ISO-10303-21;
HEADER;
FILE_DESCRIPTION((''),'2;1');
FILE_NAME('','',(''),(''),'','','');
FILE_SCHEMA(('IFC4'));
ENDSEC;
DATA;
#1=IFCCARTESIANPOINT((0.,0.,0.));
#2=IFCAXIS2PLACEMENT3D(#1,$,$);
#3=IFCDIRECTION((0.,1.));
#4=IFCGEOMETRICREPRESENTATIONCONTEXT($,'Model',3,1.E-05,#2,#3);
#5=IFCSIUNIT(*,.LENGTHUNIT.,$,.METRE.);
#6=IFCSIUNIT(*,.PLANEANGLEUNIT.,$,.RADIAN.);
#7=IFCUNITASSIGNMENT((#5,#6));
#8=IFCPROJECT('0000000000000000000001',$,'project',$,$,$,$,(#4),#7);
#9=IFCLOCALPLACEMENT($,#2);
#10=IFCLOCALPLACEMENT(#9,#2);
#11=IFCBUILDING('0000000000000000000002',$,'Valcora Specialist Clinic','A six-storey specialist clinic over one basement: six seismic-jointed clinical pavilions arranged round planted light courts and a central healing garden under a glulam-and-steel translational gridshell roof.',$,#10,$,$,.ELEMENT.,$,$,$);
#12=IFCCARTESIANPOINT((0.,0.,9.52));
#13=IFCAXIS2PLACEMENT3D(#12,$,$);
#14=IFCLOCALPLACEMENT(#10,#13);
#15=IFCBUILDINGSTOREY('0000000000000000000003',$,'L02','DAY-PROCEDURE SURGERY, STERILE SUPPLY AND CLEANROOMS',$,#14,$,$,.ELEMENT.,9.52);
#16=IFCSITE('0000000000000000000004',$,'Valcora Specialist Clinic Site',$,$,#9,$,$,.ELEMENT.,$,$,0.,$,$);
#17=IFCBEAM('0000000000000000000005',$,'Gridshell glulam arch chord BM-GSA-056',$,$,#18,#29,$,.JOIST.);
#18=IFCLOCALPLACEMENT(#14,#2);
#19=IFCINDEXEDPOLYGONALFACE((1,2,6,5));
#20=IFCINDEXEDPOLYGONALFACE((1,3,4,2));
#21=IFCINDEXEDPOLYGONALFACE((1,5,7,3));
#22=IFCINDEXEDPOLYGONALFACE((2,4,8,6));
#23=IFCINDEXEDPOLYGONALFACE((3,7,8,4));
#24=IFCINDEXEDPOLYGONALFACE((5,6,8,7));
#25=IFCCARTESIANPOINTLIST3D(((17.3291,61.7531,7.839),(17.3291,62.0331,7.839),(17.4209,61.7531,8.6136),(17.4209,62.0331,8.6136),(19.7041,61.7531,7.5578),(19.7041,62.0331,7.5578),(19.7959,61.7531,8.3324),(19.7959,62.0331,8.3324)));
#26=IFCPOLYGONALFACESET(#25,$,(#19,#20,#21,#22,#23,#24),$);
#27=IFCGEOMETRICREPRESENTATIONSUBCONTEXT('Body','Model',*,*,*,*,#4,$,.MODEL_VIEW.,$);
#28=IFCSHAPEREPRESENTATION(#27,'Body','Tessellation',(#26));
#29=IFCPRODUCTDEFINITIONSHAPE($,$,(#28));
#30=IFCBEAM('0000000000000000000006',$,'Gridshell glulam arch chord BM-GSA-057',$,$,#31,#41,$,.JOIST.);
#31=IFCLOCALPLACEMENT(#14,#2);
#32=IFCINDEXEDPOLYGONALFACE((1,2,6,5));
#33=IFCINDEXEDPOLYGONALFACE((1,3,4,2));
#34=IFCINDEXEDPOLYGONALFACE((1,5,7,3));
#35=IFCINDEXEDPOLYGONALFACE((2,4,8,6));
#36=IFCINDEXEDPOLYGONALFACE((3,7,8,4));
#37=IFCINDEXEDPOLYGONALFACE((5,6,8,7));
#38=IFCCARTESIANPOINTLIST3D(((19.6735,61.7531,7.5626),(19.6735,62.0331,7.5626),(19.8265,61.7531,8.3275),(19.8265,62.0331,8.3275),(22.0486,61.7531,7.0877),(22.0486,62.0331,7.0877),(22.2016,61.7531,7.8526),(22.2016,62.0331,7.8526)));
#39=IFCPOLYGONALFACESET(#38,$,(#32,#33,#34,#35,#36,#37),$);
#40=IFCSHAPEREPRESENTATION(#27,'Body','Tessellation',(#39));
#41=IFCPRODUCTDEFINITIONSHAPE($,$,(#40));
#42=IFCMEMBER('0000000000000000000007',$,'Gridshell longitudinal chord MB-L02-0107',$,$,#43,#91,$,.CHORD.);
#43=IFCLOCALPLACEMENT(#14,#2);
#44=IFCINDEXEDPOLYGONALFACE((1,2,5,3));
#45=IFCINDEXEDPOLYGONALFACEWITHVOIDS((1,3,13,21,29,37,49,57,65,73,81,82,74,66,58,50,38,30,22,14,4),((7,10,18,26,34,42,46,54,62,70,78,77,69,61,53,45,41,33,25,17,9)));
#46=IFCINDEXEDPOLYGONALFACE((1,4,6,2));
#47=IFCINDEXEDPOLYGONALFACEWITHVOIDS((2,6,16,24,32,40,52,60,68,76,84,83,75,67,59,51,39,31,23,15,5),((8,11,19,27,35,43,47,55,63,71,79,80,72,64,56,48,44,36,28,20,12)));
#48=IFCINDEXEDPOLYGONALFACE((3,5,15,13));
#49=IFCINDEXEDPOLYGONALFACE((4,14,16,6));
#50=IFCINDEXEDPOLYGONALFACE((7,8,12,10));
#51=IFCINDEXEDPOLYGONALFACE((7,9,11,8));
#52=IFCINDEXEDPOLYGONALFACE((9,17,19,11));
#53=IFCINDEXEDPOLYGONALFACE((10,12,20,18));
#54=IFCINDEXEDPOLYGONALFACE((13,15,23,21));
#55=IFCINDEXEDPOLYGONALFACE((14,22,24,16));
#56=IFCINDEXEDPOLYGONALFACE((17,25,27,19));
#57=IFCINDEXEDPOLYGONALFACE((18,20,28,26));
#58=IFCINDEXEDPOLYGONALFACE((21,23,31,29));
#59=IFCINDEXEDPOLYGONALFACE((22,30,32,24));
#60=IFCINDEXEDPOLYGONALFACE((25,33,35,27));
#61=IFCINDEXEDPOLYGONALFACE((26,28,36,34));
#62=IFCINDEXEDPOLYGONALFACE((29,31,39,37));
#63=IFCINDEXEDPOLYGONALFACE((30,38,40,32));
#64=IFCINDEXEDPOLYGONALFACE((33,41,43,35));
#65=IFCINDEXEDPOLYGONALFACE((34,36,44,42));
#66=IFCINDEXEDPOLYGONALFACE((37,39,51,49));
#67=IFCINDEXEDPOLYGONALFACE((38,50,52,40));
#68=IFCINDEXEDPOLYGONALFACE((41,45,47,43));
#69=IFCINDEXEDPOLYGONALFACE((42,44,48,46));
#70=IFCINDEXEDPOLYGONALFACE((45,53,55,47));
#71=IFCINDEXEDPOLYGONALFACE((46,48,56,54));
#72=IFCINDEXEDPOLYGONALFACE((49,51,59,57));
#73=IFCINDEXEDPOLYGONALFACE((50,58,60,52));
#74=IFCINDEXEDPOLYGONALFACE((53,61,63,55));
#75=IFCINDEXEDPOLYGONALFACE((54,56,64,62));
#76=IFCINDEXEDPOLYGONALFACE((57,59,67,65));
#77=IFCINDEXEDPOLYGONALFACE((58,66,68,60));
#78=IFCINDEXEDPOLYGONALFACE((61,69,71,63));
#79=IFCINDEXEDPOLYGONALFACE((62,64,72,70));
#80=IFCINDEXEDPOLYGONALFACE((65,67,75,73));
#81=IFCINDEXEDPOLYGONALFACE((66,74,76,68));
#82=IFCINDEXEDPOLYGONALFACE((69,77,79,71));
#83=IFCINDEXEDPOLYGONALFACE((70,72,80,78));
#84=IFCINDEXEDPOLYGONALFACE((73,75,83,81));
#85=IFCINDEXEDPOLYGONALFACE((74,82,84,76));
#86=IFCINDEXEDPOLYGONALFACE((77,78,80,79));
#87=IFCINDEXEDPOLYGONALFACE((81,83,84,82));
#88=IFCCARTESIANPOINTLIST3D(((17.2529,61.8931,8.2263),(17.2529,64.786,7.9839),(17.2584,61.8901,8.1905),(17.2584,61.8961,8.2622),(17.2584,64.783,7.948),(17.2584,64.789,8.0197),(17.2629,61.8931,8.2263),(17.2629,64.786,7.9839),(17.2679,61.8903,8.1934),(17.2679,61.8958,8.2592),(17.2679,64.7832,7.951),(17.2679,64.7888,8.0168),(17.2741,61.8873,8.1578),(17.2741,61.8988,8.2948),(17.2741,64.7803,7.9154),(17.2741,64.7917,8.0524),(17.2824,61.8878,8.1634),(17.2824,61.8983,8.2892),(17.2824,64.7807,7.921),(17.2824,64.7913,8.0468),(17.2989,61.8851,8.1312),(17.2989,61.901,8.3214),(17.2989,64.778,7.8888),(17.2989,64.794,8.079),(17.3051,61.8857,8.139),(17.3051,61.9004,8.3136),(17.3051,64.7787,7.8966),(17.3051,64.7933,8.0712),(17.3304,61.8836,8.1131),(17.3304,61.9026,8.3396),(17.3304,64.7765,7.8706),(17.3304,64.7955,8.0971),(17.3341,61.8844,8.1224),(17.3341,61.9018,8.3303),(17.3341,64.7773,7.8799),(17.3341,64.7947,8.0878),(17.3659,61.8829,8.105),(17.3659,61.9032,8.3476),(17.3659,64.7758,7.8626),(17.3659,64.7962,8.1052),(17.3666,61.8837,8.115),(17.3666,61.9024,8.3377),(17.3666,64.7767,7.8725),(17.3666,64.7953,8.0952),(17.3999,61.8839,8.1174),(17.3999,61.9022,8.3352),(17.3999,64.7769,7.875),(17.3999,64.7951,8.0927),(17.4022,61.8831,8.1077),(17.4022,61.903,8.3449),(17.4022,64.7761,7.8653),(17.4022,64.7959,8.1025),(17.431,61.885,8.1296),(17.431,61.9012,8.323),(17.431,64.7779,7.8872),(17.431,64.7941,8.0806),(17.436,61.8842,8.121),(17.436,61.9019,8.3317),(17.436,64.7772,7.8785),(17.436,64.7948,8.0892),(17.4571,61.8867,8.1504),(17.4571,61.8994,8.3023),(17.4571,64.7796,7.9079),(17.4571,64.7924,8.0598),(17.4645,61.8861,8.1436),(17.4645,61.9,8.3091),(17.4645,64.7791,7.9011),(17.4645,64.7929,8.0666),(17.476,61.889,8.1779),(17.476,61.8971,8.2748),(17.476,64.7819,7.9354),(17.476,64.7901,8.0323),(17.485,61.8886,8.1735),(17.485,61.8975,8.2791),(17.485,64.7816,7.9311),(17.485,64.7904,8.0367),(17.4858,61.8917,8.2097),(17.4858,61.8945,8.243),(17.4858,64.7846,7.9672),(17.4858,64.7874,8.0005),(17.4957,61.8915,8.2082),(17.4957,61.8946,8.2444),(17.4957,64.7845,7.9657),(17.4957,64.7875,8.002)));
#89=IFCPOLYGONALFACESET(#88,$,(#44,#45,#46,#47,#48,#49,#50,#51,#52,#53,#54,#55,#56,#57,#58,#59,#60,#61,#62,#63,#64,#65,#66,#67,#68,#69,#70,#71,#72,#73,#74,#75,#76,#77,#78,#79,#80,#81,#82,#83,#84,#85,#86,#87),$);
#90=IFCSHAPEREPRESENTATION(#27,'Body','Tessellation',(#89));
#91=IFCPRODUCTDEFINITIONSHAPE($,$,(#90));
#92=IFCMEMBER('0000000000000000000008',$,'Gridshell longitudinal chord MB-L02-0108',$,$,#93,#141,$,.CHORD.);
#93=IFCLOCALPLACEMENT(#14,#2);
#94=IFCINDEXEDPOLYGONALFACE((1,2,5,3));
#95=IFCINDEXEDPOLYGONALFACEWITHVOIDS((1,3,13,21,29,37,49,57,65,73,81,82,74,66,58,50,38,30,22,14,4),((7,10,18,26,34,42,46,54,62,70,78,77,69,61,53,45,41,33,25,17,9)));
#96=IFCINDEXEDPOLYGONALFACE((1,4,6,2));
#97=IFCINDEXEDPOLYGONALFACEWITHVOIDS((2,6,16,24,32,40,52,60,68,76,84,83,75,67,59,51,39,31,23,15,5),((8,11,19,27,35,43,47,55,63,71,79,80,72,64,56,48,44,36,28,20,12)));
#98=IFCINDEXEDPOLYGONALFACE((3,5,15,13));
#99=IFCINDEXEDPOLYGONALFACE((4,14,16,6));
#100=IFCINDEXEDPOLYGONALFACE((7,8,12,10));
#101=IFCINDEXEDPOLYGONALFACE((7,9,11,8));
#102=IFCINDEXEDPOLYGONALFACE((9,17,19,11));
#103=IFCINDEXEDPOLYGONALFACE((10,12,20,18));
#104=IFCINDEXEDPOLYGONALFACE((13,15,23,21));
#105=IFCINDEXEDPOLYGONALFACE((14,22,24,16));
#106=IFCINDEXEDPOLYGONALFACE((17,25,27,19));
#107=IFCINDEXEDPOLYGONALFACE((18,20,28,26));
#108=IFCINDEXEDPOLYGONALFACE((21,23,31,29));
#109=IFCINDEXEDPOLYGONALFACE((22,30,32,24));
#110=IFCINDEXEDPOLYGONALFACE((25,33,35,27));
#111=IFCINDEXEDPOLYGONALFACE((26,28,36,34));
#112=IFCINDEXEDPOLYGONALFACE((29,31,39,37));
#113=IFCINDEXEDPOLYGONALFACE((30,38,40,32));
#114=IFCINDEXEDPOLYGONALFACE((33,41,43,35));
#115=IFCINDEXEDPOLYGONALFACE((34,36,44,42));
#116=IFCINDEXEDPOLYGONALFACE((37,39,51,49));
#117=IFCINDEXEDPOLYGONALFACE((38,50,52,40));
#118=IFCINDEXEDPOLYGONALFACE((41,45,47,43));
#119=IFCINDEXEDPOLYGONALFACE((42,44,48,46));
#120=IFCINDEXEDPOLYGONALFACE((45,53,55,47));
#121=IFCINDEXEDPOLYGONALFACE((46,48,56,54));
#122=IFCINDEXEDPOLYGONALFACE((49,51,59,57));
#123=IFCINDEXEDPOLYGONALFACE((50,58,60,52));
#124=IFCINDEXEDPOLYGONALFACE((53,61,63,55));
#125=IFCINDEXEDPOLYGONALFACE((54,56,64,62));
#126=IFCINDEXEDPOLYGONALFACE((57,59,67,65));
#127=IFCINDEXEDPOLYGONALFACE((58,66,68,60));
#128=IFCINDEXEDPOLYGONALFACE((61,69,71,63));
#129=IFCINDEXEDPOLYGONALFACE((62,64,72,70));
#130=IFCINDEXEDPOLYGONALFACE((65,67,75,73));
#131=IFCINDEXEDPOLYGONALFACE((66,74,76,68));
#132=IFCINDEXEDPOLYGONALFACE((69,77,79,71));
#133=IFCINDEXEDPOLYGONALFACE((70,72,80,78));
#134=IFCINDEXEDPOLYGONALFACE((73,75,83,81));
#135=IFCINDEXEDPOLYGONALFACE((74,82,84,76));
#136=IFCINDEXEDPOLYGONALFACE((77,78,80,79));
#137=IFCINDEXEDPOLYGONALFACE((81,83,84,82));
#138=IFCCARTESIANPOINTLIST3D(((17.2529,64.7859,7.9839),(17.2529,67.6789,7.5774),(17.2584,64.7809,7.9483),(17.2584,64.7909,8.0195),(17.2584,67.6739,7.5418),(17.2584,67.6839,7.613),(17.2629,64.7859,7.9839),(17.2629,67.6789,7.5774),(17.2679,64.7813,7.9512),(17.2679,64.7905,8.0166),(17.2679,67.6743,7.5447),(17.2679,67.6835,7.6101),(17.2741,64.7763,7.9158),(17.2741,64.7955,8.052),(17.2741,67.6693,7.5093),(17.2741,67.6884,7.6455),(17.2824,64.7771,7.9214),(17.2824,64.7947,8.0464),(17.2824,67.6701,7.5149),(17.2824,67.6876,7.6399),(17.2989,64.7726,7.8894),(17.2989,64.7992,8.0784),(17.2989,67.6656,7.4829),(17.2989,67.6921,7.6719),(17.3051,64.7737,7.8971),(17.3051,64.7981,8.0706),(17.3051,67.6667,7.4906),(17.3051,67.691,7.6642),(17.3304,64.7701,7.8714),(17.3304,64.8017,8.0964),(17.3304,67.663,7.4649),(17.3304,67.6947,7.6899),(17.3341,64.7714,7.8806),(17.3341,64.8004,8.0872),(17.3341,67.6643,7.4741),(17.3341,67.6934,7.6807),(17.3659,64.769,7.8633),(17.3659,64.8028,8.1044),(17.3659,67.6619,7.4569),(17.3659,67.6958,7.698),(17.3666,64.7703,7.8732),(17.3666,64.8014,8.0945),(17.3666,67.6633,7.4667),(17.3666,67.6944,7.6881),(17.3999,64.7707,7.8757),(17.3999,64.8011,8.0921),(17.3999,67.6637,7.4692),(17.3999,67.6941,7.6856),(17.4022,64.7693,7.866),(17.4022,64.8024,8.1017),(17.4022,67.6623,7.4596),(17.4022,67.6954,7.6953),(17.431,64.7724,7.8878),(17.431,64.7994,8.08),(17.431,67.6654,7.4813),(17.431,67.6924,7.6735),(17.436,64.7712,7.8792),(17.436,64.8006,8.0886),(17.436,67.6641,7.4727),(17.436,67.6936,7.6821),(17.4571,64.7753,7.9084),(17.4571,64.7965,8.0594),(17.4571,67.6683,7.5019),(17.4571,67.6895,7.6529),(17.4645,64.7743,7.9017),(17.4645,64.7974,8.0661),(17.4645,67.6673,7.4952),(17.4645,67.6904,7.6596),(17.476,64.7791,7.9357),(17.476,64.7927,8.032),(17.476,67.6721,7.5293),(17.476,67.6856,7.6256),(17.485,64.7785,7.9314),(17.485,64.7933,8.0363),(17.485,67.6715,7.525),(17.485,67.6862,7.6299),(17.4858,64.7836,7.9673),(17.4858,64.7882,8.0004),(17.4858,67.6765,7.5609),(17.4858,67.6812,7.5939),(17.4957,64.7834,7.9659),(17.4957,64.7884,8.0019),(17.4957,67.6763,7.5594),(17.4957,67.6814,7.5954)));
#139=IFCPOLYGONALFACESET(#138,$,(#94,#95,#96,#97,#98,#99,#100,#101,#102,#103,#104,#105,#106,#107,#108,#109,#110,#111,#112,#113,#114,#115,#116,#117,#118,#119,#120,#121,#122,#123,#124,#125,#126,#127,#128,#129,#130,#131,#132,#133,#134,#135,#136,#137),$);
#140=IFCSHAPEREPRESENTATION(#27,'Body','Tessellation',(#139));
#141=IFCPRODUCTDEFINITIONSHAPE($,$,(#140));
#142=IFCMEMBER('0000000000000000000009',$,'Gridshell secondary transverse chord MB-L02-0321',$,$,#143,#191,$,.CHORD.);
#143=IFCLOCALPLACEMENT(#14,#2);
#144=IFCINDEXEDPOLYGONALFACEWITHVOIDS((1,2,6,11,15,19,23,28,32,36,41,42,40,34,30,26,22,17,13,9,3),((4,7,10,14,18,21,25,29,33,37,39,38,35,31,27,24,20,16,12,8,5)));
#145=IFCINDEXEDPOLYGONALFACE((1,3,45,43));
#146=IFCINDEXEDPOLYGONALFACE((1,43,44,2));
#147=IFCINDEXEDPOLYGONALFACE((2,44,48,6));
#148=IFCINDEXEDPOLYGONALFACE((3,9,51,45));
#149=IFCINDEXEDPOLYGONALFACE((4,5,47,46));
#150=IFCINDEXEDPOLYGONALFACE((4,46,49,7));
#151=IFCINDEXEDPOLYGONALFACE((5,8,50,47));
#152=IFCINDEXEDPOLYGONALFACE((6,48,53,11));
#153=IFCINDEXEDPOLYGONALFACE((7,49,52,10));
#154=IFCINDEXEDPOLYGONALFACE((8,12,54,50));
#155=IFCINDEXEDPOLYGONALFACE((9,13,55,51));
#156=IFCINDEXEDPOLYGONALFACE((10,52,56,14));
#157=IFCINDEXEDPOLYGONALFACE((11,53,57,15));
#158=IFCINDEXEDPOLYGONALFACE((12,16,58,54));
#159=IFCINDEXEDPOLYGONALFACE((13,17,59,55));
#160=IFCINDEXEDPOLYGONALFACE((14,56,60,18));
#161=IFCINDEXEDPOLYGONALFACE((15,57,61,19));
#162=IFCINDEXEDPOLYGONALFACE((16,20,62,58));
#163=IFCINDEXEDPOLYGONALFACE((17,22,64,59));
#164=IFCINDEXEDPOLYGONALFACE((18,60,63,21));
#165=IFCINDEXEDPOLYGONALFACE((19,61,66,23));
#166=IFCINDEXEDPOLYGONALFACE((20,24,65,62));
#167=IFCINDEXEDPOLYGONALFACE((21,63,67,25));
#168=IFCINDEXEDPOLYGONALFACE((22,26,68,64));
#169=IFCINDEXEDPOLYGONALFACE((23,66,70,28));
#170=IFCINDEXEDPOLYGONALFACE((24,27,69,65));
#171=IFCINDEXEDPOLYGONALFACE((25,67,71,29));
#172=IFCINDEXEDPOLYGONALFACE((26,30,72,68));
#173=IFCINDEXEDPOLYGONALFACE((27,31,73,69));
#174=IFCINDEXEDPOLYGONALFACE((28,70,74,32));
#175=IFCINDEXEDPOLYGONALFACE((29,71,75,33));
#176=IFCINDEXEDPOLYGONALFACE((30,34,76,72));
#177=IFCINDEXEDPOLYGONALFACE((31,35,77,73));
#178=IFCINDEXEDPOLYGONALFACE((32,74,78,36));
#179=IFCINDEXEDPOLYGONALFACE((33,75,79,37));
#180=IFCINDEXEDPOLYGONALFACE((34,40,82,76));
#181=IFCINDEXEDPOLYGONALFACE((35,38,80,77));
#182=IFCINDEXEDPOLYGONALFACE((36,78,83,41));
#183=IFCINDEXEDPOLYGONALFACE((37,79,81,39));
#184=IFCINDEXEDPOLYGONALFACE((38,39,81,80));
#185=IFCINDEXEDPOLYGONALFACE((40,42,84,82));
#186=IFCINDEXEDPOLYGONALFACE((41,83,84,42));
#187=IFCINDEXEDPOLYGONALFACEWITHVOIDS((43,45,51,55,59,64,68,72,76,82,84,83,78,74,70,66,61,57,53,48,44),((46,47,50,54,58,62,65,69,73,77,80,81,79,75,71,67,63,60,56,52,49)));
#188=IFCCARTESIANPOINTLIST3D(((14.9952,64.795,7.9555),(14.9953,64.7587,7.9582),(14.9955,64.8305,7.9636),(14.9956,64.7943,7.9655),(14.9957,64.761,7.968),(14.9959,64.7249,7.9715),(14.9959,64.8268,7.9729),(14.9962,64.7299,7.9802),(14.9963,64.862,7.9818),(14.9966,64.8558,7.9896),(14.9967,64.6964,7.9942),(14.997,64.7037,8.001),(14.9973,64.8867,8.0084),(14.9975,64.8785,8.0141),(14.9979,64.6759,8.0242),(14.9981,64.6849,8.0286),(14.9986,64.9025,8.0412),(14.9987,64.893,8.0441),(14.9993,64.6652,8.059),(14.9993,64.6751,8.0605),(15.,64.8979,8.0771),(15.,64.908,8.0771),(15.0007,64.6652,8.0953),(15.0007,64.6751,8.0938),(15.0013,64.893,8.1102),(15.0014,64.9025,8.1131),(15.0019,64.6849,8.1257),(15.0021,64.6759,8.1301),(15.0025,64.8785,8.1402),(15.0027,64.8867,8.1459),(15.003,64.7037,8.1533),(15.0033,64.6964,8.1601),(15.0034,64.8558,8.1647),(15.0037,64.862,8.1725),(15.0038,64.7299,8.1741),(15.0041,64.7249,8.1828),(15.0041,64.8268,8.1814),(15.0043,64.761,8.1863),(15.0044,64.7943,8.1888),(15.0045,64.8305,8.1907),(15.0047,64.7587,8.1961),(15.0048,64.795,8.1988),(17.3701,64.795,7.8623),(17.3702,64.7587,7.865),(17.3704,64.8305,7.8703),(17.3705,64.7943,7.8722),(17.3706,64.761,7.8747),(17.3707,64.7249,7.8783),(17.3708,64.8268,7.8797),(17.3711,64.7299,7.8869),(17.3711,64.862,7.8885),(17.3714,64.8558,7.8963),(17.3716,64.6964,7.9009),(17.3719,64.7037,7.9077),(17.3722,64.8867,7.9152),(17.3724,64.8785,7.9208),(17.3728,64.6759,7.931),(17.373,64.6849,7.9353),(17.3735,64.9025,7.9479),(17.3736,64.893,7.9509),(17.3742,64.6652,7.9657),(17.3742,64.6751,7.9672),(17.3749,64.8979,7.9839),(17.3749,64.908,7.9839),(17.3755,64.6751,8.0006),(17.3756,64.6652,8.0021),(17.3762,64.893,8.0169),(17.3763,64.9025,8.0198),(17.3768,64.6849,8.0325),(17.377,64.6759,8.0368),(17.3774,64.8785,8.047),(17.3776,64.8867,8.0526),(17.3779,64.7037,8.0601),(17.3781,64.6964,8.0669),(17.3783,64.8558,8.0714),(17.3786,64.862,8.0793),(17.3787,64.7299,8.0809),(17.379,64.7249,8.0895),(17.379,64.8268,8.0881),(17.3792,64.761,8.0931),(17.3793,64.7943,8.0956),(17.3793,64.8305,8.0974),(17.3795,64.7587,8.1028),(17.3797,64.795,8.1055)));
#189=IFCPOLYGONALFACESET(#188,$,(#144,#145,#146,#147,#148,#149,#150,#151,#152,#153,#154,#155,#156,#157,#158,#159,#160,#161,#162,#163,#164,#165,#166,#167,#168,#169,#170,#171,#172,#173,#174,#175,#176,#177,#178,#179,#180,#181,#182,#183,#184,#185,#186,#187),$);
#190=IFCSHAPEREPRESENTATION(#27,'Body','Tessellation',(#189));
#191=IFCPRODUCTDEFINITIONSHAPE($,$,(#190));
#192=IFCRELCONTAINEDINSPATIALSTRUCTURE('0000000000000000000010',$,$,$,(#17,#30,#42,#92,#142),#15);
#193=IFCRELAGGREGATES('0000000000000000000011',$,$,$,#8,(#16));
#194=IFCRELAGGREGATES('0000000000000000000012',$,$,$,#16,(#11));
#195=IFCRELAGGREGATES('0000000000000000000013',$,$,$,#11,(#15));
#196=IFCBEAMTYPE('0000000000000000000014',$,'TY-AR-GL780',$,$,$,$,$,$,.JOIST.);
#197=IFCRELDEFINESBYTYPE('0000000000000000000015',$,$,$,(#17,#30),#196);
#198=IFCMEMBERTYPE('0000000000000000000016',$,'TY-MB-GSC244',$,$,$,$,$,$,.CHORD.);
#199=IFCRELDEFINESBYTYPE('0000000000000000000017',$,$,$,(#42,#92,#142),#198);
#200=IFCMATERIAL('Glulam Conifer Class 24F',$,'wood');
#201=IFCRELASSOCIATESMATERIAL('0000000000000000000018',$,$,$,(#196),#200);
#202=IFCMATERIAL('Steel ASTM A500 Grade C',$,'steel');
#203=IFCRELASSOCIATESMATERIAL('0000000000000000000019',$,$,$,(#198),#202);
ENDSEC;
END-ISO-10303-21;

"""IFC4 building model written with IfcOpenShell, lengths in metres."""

from ifc_helpers import new_model, si_unit, direction, frame, origin, origin_2d, place, context, subcontext, project, spatial, rectangle, hollow_circle, extrude, material, material_profile, profile_set, type_object, element, save


model = new_model("IFC4")

# Units and contexts
model_context = context("Model", 3, precision=1e-05, world=origin(), true_north=direction((0.0, 1.0)))
body_context = subcontext(model_context, "Body", "Model", "MODEL_VIEW")
ifc_project = project(units=[si_unit("LENGTHUNIT", "METRE"), si_unit("PLANEANGLEUNIT", "RADIAN")], contexts=[model_context])

# Site, building, storey
site_placement = place(None, origin())
site = spatial("IfcSite", under=ifc_project, at=site_placement, Name="Valcora Specialist Clinic Site", CompositionType="ELEMENT", RefElevation=0.0)
building_placement = place(site_placement, origin())
building = spatial("IfcBuilding", under=site, at=building_placement, Name="Valcora Specialist Clinic", Description="A six-storey specialist clinic over one basement: six seismic-jointed clinical pavilions arranged round planted light courts and a central healing garden under a glulam-and-steel translational gridshell roof.", CompositionType="ELEMENT")
storey_placement = place(building_placement, frame((0.0, 0.0, 9.52)))
storey = spatial("IfcBuildingStorey", under=building, at=storey_placement, Name="L02", Description="DAY-PROCEDURE SURGERY, STERILE SUPPLY AND CLEANROOMS", CompositionType="ELEMENT", Elevation=9.52)

# Beams
ifc_material_1 = material(Name="Glulam Conifer Class 24F", Category="wood")
ifc_material_profile_1 = material_profile(ifc_material_1, rectangle(XDim=0.28, YDim=0.78, at=origin_2d()), Name="GL-ARC-280X780")
ifc_profile_set_1 = profile_set([ifc_material_profile_1], Name="Glulam Conifer Class 24F")
beam_type = type_object("IfcBeamType", Name="TY-AR-GL780", PredefinedType="JOIST", material=ifc_profile_set_1)
beam_1_placement = place(storey_placement, frame((17.375, 61.8931, 8.2263), z_axis=(0.993061, 0.0, -0.117599), x_axis=(0.0, 1.0, 0.0)))
element("IfcBeam", 1, at=beam_1_placement, inside=storey, type_object=beam_type, Name="Gridshell glulam arch chord BM-GSA-056", PredefinedType="JOIST", context=body_context, shape_type="SweptSolid", body=[
    extrude(rectangle(XDim=0.28, YDim=0.78, at=origin_2d()), origin(), (0.0, 0.0, 1.0), 2.3916),
])
beam_2_placement = place(storey_placement, frame((19.75, 61.8931, 7.9451), z_axis=(0.980592, 0.0, -0.196058), x_axis=(0.0, 1.0, 0.0)))
element("IfcBeam", 2, at=beam_2_placement, inside=storey, type_object=beam_type, Name="Gridshell glulam arch chord BM-GSA-057", PredefinedType="JOIST", context=body_context, shape_type="SweptSolid", body=[
    extrude(rectangle(XDim=0.28, YDim=0.78, at=origin_2d()), origin(), (0.0, 0.0, 1.0), 2.4221),
])

# Members
ifc_material_2 = material(Name="Steel ASTM A500 Grade C", Category="steel")
ifc_material_profile_2 = material_profile(ifc_material_2, hollow_circle(Radius=0.1221, WallThickness=0.01, at=origin_2d()), Name="ST-CHS-244X10")
ifc_profile_set_2 = profile_set([ifc_material_profile_2], Name="Steel ASTM A500 Grade C")
member_type_1 = type_object("IfcMemberType", Name="TY-MB-GSC244", PredefinedType="CHORD", material=ifc_profile_set_2)
member_1_placement = place(storey_placement, frame((17.375, 61.8931, 8.2263), z_axis=(0.0, 0.996507, -0.083512), x_axis=(-1.0, 0.0, 0.0)))
element("IfcMember", 3, at=member_1_placement, inside=storey, type_object=member_type_1, Name="Gridshell longitudinal chord MB-L02-0107", PredefinedType="CHORD", context=body_context, shape_type="SweptSolid", body=[
    extrude(hollow_circle(Radius=0.1221, WallThickness=0.01, at=origin_2d()), origin(), (0.0, 0.0, 1.0), 2.9031),
])
member_2_placement = place(storey_placement, frame((17.375, 64.7859, 7.9839), z_axis=(0.0, 0.990273, -0.13914), x_axis=(-1.0, 0.0, 0.0)))
element("IfcMember", 4, at=member_2_placement, inside=storey, type_object=member_type_1, Name="Gridshell longitudinal chord MB-L02-0108", PredefinedType="CHORD", context=body_context, shape_type="SweptSolid", body=[
    extrude(hollow_circle(Radius=0.1221, WallThickness=0.01, at=origin_2d()), origin(), (0.0, 0.0, 1.0), 2.9214),
])
member_3_placement = place(storey_placement, frame((15.0, 64.7859, 8.0771), z_axis=(0.99923, 0.0, -0.039238), x_axis=(0.0, 1.0, 0.0)))
element("IfcMember", 5, at=member_3_placement, inside=storey, type_object=member_type_1, Name="Gridshell secondary transverse chord MB-L02-0321", PredefinedType="CHORD", context=body_context, shape_type="SweptSolid", body=[
    extrude(hollow_circle(Radius=0.1221, WallThickness=0.01, at=origin_2d()), origin(), (0.0, 0.0, 1.0), 2.3767),
])

save(model, "model.ifc")
